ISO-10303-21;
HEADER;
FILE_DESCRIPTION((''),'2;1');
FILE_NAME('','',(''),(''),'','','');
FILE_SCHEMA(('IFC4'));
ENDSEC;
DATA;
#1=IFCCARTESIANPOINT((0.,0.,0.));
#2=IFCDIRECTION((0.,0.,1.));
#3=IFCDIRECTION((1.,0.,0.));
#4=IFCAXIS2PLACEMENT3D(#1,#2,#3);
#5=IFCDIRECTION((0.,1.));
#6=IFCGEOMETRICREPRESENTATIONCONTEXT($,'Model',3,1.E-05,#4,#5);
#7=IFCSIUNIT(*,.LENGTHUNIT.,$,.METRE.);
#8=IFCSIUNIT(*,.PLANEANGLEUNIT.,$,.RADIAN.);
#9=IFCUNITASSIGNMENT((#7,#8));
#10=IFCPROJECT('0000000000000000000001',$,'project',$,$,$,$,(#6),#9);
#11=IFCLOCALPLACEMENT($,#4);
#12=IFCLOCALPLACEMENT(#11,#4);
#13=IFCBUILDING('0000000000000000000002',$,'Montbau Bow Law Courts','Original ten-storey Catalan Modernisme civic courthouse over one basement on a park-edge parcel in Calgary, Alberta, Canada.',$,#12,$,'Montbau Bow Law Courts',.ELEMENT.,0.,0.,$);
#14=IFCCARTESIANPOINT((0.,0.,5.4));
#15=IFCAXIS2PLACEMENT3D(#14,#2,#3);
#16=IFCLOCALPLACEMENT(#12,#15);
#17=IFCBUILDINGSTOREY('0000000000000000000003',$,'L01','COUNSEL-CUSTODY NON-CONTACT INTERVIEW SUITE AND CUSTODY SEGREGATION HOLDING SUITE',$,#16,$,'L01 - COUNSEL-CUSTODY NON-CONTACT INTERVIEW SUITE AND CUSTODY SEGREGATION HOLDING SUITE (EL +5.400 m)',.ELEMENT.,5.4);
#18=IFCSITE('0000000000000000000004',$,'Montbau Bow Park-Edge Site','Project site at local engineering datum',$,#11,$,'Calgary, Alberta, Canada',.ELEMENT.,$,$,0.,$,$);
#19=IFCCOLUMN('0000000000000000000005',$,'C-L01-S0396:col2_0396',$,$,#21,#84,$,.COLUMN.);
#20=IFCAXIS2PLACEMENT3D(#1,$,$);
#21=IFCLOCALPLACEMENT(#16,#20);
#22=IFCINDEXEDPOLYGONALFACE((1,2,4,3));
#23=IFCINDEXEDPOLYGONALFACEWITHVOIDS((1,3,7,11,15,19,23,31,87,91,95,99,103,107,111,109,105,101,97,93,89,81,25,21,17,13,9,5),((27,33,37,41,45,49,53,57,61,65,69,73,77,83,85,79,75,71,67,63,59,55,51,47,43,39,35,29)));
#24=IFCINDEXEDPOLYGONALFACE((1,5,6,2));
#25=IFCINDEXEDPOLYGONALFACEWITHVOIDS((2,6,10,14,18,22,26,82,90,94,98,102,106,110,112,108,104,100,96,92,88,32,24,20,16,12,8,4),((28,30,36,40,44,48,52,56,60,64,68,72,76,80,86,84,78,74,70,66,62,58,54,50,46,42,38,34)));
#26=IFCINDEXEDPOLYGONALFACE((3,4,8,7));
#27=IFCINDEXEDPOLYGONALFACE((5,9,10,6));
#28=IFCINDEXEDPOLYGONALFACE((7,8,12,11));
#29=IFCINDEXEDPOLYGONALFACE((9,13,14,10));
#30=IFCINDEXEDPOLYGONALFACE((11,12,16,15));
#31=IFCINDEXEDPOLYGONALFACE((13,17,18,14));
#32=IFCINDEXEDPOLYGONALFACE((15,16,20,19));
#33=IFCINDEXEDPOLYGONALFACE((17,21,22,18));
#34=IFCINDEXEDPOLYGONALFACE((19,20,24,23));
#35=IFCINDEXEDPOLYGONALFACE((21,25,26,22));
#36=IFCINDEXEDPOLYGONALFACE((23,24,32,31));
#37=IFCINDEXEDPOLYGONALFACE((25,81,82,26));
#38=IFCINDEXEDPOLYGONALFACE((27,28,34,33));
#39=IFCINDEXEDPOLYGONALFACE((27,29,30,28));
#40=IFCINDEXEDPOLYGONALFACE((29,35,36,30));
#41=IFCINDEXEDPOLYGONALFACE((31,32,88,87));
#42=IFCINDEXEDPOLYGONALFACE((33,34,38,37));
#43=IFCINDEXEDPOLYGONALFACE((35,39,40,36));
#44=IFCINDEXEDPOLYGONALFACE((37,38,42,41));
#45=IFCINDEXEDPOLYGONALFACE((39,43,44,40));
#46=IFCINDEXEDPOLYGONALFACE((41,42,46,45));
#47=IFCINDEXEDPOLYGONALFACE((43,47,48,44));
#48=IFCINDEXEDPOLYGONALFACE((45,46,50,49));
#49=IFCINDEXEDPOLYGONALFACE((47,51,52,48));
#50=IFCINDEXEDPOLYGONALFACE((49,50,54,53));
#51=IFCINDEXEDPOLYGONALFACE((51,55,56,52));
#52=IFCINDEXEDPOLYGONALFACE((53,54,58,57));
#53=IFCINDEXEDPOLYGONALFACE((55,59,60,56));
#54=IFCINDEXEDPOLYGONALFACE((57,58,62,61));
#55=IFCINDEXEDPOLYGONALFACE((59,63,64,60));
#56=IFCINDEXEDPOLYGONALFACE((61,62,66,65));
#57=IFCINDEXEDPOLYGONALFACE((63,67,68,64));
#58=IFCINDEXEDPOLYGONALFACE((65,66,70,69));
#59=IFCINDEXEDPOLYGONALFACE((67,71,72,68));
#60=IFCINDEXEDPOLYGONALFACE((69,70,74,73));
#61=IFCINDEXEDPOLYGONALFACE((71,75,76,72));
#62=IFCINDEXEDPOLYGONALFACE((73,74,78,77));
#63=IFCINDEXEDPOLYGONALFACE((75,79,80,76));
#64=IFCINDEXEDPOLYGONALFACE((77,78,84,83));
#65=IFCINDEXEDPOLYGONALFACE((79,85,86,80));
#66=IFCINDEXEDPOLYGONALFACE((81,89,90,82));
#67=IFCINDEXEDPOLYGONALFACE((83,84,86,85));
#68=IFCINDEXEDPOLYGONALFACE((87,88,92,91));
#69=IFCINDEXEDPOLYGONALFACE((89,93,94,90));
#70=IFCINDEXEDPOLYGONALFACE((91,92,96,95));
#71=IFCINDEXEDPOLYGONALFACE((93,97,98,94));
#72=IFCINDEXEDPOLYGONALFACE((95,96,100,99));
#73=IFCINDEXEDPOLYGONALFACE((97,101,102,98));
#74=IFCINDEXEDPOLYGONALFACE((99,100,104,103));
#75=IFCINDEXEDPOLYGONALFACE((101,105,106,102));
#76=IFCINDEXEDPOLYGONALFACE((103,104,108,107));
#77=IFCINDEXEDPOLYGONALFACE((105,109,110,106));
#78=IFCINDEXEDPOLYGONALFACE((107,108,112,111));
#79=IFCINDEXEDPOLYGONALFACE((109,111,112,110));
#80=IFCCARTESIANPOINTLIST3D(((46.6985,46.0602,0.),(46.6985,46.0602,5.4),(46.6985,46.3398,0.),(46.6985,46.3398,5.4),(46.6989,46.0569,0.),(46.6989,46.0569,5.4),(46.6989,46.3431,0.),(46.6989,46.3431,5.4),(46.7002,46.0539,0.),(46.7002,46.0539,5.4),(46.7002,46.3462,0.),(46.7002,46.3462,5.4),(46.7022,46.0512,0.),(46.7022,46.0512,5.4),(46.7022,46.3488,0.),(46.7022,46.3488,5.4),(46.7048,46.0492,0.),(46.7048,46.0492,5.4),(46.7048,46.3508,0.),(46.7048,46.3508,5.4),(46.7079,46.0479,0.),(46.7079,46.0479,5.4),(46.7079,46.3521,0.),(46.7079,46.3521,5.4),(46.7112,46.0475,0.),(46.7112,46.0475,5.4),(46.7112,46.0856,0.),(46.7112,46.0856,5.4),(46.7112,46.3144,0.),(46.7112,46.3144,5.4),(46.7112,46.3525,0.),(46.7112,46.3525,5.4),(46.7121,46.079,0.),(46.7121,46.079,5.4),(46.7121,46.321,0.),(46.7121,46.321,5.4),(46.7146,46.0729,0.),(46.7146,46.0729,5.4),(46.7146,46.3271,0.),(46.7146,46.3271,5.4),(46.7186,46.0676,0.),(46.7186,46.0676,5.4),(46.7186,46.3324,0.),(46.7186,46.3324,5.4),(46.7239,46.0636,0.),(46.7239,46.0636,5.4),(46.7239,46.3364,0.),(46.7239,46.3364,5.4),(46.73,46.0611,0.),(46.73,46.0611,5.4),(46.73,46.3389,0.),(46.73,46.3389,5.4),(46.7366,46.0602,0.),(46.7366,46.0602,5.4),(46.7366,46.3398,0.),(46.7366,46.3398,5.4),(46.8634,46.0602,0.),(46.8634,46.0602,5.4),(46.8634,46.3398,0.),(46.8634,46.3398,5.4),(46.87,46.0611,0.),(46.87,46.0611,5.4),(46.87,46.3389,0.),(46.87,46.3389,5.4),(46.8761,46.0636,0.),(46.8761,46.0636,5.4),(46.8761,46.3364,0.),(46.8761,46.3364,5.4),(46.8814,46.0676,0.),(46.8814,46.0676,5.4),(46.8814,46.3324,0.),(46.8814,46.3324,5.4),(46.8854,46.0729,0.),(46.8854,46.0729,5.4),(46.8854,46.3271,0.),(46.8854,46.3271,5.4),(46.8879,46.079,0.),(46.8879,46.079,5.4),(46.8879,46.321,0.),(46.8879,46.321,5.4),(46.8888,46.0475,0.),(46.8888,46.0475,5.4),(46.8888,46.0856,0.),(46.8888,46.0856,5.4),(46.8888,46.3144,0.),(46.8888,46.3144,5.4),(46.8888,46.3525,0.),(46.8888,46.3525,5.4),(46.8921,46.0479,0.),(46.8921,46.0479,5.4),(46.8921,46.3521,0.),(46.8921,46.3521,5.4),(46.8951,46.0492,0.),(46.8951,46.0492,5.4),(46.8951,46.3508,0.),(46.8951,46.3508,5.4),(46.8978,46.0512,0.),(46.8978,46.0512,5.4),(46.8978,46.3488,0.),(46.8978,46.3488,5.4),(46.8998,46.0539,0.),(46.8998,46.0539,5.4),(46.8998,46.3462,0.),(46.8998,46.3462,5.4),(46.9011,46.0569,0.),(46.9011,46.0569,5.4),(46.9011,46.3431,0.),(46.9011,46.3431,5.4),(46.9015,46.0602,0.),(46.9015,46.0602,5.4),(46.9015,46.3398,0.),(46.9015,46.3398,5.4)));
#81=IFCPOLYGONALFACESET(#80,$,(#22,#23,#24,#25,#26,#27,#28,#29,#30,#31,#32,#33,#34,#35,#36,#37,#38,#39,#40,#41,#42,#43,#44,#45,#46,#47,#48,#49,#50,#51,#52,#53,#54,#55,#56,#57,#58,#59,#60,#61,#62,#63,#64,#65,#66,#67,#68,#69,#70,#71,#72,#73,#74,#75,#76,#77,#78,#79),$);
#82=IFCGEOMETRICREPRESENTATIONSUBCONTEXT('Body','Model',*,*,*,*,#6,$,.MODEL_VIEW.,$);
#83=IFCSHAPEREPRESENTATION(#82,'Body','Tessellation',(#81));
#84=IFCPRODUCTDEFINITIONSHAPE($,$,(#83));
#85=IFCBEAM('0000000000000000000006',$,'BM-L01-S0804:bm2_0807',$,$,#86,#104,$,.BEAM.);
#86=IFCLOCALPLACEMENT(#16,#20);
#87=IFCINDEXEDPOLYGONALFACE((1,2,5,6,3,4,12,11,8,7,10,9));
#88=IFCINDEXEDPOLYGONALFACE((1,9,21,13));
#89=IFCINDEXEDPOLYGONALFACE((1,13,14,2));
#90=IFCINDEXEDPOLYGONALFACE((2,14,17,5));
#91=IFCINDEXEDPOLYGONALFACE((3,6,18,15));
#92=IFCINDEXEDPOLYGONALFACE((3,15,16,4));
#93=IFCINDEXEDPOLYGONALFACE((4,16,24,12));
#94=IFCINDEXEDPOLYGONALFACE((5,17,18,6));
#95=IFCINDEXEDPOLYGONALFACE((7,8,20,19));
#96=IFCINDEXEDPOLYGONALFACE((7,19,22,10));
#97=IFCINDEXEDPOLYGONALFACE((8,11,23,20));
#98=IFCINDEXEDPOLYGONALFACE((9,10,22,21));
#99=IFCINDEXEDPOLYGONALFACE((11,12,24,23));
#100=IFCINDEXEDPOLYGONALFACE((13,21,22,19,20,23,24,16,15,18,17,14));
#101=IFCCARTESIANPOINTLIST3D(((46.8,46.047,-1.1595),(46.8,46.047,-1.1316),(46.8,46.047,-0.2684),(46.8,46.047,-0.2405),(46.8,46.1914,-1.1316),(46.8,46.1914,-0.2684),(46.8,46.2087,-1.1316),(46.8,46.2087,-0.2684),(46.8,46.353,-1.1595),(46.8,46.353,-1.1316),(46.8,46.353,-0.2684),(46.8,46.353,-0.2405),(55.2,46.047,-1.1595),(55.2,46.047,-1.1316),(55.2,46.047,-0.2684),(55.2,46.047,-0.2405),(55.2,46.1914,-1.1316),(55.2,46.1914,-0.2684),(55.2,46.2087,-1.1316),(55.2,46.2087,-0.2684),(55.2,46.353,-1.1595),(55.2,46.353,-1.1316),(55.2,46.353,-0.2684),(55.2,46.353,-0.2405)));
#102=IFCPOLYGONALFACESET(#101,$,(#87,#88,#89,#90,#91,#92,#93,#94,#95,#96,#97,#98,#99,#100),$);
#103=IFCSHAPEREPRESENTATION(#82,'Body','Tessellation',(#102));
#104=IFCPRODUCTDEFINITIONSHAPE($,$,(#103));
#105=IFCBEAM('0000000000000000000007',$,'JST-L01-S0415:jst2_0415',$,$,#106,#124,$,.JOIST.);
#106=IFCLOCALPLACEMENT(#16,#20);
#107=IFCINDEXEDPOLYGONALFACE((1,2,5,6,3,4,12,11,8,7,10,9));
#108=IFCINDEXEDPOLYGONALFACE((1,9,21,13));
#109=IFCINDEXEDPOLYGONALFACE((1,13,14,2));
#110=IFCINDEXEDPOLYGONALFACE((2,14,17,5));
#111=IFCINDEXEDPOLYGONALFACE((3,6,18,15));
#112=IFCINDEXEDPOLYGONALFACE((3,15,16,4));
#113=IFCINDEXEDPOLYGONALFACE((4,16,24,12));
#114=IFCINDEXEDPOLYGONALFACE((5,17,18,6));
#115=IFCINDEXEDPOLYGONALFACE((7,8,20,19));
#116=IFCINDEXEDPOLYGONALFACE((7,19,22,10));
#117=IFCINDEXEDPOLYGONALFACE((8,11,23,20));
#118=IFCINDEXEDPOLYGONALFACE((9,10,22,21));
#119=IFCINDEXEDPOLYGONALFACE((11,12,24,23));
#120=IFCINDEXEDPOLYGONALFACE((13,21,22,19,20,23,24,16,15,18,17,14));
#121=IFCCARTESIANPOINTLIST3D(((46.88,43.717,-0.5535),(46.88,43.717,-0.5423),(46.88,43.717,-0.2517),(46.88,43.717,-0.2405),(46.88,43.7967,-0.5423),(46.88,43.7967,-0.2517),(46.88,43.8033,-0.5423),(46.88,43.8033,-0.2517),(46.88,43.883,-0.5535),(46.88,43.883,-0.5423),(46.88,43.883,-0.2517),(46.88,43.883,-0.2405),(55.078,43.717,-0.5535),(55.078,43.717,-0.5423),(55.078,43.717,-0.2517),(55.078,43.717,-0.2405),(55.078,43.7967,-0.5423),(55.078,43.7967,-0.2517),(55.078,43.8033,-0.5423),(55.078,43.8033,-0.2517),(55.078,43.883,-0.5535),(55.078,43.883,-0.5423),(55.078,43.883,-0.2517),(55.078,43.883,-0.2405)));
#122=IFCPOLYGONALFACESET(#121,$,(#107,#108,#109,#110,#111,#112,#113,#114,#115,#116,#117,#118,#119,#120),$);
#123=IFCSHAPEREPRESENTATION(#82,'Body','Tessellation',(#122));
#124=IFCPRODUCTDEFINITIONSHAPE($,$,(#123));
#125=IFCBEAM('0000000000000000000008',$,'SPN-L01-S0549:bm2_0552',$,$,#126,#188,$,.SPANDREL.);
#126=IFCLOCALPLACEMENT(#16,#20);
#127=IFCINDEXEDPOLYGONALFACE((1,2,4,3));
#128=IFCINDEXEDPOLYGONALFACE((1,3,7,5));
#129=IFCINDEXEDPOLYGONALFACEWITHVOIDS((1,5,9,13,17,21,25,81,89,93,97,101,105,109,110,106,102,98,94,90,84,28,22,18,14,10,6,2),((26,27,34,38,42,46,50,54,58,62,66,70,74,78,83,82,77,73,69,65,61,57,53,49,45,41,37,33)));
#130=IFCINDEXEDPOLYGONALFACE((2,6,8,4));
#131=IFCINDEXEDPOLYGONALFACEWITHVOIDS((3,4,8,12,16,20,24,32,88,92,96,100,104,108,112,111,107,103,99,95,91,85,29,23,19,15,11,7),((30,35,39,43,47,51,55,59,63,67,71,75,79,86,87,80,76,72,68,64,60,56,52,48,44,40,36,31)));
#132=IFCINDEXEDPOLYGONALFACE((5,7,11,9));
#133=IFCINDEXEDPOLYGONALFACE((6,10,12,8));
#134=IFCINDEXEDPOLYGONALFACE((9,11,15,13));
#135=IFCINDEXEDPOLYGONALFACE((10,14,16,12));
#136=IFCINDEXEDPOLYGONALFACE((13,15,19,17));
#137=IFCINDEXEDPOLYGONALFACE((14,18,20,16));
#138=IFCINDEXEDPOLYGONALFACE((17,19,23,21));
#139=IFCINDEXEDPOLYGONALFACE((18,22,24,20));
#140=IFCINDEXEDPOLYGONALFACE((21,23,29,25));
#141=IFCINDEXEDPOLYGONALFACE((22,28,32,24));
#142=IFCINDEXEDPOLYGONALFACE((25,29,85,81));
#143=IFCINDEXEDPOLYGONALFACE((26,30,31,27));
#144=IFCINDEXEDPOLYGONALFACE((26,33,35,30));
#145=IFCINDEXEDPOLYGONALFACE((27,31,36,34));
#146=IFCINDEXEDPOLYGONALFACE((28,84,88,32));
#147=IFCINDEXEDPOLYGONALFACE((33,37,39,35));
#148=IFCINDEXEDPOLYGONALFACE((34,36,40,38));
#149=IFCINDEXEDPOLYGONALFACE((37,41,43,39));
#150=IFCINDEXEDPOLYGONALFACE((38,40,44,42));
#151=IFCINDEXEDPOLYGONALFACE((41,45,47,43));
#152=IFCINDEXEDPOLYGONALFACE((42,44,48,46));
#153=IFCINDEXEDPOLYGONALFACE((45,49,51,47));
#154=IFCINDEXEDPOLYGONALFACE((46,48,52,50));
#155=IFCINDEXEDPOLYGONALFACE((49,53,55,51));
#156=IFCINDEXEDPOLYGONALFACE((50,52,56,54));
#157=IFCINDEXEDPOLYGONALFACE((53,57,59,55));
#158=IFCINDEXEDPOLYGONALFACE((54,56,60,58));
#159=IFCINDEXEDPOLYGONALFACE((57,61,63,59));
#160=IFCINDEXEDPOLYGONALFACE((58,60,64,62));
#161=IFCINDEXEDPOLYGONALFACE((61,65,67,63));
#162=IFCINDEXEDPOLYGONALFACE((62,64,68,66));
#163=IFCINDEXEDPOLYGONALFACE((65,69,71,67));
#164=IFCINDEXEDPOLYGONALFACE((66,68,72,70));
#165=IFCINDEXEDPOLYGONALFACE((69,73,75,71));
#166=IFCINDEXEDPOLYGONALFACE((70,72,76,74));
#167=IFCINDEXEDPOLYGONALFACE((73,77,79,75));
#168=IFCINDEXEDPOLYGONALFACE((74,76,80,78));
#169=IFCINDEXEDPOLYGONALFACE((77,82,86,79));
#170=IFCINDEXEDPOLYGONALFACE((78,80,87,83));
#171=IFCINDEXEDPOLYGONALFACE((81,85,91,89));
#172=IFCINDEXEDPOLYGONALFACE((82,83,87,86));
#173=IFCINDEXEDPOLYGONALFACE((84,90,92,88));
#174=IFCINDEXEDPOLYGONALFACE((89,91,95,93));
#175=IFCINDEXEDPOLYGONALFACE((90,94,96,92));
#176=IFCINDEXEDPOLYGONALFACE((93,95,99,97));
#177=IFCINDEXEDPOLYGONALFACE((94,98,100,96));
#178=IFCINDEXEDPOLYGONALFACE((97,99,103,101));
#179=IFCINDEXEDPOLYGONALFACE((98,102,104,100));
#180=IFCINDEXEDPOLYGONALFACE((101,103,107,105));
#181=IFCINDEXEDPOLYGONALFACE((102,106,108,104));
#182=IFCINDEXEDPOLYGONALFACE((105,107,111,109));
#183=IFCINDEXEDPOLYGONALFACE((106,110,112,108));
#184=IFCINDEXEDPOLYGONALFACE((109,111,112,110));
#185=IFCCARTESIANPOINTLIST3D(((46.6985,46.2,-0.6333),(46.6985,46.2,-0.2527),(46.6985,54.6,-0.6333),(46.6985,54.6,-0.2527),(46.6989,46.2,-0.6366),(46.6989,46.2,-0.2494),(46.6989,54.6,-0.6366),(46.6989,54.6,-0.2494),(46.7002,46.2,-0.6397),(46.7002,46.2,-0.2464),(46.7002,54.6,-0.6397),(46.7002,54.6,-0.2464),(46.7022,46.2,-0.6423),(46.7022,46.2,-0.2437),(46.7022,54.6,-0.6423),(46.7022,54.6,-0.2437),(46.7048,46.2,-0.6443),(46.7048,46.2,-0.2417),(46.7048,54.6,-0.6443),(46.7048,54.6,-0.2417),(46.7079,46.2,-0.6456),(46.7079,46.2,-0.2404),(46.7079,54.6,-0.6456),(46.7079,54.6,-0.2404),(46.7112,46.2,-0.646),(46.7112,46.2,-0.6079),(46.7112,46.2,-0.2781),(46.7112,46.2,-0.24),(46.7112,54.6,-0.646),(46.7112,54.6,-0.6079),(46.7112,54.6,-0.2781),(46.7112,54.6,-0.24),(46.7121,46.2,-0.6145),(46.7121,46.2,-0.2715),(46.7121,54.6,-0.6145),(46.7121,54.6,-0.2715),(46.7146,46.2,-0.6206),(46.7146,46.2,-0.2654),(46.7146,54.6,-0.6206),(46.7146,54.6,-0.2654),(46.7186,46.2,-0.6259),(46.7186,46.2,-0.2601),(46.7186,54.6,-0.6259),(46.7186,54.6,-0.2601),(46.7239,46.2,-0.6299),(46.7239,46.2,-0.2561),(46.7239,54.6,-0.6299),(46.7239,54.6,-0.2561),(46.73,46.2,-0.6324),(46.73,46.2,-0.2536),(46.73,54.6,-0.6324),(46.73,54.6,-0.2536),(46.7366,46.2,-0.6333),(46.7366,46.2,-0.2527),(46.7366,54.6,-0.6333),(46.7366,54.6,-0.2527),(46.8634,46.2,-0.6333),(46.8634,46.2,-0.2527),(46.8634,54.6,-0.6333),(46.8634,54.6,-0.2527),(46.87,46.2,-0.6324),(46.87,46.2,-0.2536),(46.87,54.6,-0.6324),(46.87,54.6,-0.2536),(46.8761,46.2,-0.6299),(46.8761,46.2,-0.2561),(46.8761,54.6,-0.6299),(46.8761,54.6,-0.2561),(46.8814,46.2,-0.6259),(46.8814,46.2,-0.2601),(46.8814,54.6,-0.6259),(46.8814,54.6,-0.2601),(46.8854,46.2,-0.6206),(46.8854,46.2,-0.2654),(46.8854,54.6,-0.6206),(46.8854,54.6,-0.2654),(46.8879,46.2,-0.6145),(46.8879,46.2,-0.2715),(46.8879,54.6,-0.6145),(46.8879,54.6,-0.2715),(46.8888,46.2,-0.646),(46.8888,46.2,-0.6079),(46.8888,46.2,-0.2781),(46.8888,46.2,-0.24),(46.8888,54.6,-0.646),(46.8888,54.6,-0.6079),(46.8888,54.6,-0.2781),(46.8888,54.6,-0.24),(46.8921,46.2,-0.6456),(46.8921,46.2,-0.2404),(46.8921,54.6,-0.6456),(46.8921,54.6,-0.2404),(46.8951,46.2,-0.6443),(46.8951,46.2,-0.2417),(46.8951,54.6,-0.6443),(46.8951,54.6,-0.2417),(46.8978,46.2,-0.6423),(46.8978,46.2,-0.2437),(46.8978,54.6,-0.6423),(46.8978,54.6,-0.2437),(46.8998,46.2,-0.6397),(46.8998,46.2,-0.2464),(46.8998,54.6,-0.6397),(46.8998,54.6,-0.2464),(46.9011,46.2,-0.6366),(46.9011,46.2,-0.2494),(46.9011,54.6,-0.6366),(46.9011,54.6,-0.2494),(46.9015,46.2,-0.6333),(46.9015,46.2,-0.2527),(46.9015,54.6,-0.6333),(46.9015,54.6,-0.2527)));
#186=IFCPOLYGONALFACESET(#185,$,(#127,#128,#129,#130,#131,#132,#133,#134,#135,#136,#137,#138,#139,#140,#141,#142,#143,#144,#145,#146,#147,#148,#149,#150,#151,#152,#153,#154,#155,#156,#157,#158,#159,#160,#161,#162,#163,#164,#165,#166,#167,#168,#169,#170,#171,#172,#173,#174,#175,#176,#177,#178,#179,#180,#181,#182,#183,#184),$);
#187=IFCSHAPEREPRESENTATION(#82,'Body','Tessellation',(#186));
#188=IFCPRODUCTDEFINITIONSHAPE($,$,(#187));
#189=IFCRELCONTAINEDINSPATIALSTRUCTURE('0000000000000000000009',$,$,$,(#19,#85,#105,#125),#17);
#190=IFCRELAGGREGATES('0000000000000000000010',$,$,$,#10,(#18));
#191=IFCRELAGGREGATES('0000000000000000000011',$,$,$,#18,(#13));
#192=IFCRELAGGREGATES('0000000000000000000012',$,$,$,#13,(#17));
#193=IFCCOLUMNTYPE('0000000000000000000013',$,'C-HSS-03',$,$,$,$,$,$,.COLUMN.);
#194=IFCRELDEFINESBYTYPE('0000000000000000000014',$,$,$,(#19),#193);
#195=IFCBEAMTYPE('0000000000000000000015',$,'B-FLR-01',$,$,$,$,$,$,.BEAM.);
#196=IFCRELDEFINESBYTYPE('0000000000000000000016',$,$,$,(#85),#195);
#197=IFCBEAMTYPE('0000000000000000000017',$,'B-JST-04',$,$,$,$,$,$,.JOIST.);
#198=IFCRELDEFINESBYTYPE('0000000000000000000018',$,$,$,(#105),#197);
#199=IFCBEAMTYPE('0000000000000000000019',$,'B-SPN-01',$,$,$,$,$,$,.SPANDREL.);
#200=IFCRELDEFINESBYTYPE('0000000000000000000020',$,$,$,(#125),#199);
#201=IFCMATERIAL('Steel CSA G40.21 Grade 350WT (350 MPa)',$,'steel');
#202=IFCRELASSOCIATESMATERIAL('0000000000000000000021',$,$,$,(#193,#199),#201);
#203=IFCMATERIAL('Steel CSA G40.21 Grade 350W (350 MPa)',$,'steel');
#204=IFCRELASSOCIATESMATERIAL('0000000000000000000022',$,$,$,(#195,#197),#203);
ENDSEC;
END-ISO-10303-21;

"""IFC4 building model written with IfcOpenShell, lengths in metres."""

from ifc_helpers import new_model, si_unit, direction, frame, origin_with_axes, origin_2d_with_axis, place, context, subcontext, project, spatial, hollow_rectangle, i_section, extrude, material, material_profile, profile_set, type_object, element, save


model = new_model("IFC4")

# Units and contexts
model_context = context("Model", 3, precision=1e-05, world=origin_with_axes(), true_north=direction((0.0, 1.0)))
body_context = subcontext(model_context, "Body", "Model", "MODEL_VIEW")
ifc_project = project(units=[si_unit("LENGTHUNIT", "METRE"), si_unit("PLANEANGLEUNIT", "RADIAN")], contexts=[model_context])

# Site, building, storey
site_placement = place(None, origin_with_axes())
site = spatial("IfcSite", under=ifc_project, at=site_placement, Name="Montbau Bow Park-Edge Site", Description="Project site at local engineering datum", LongName="Calgary, Alberta, Canada", CompositionType="ELEMENT", RefElevation=0.0)
building_placement = place(site_placement, origin_with_axes())
building = spatial("IfcBuilding", under=site, at=building_placement, Name="Montbau Bow Law Courts", Description="Original ten-storey Catalan Modernisme civic courthouse over one basement on a park-edge parcel in Calgary, Alberta, Canada.", LongName="Montbau Bow Law Courts", CompositionType="ELEMENT", ElevationOfRefHeight=0.0, ElevationOfTerrain=0.0)
storey_placement = place(building_placement, frame((0.0, 0.0, 5.4), z_axis=(0.0, 0.0, 1.0), x_axis=(1.0, 0.0, 0.0)))
storey = spatial("IfcBuildingStorey", under=building, at=storey_placement, Name="L01", Description="COUNSEL-CUSTODY NON-CONTACT INTERVIEW SUITE AND CUSTODY SEGREGATION HOLDING SUITE", LongName="L01 - COUNSEL-CUSTODY NON-CONTACT INTERVIEW SUITE AND CUSTODY SEGREGATION HOLDING SUITE (EL +5.400 m)", CompositionType="ELEMENT", Elevation=5.4)

# Column
ifc_material_1 = material(Name="Steel CSA G40.21 Grade 350WT (350 MPa)", Category="steel")
ifc_material_profile_1 = material_profile(ifc_material_1, hollow_rectangle(XDim=0.203, YDim=0.305, WallThickness=0.0127, InnerFilletRadius=0.0254, OuterFilletRadius=0.0127, at=origin_2d_with_axis()), Name="HSS305X203X13", Category="Main", Priority=0)
ifc_profile_set_1 = profile_set([ifc_material_profile_1], Name="Steel CSA G40.21 Grade 350WT (350 MPa)")
column_type = type_object("IfcColumnType", Name="C-HSS-03", PredefinedType="COLUMN", material=ifc_profile_set_1)
column_placement = place(None, frame((46.8, 46.2, 5.4), z_axis=(0.0, 0.0, 1.0), x_axis=(1.0, 0.0, 0.0)))
element("IfcColumn", 1, at=column_placement, inside=storey, type_object=column_type, Name="C-L01-S0396:col2_0396", PredefinedType="COLUMN", context=body_context, shape_type="SweptSolid", body=[
    extrude(hollow_rectangle(XDim=0.203, YDim=0.305, WallThickness=0.0127, InnerFilletRadius=0.0254, OuterFilletRadius=0.0127, at=origin_2d_with_axis()), origin_with_axes(), (0.0, 0.0, 1.0), 5.4),
])

# Beams
ifc_material_2 = material(Name="Steel CSA G40.21 Grade 350W (350 MPa)", Category="steel")
ifc_material_profile_2 = material_profile(ifc_material_2, i_section(OverallWidth=0.306, OverallDepth=0.919, WebThickness=0.0173, FlangeThickness=0.0279, at=origin_2d_with_axis()), Name="W920X253", Category="Main", Priority=0)
ifc_profile_set_2 = profile_set([ifc_material_profile_2], Name="Steel CSA G40.21 Grade 350W (350 MPa)")
beam_type_1 = type_object("IfcBeamType", Name="B-FLR-01", PredefinedType="BEAM", material=ifc_profile_set_2)
beam_1_placement = place(None, frame((46.8, 46.2, 4.7), z_axis=(1.0, 0.0, 0.0), x_axis=(0.0, 1.0, 0.0)))
element("IfcBeam", 2, at=beam_1_placement, inside=storey, type_object=beam_type_1, Name="BM-L01-S0804:bm2_0807", PredefinedType="BEAM", context=body_context, shape_type="SweptSolid", body=[
    extrude(i_section(OverallWidth=0.306, OverallDepth=0.919, WebThickness=0.0173, FlangeThickness=0.0279, at=origin_2d_with_axis()), origin_with_axes(), (0.0, 0.0, 1.0), 8.4),
])
ifc_material_profile_3 = material_profile(ifc_material_2, i_section(OverallWidth=0.166, OverallDepth=0.313, WebThickness=0.0066, FlangeThickness=0.0112, at=origin_2d_with_axis()), Name="W310X45", Category="Main", Priority=0)
ifc_profile_set_3 = profile_set([ifc_material_profile_3], Name="Steel CSA G40.21 Grade 350W (350 MPa)")
beam_type_2 = type_object("IfcBeamType", Name="B-JST-04", PredefinedType="JOIST", material=ifc_profile_set_3)
beam_2_placement = place(None, frame((46.88, 43.8, 5.003), z_axis=(1.0, 0.0, 0.0), x_axis=(0.0, 1.0, 0.0)))
element("IfcBeam", 3, at=beam_2_placement, inside=storey, type_object=beam_type_2, Name="JST-L01-S0415:jst2_0415", PredefinedType="JOIST", context=body_context, shape_type="SweptSolid", body=[
    extrude(i_section(OverallWidth=0.166, OverallDepth=0.313, WebThickness=0.0066, FlangeThickness=0.0112, at=origin_2d_with_axis()), origin_with_axes(), (0.0, 0.0, 1.0), 8.198),
])
ifc_material_profile_4 = material_profile(ifc_material_1, hollow_rectangle(XDim=0.203, YDim=0.406, WallThickness=0.0127, InnerFilletRadius=0.0254, OuterFilletRadius=0.0127, at=origin_2d_with_axis()), Name="HSS406X203X13", Category="Main", Priority=0)
ifc_profile_set_4 = profile_set([ifc_material_profile_4], Name="Steel CSA G40.21 Grade 350WT (350 MPa)")
beam_type_3 = type_object("IfcBeamType", Name="B-SPN-01", PredefinedType="SPANDREL", material=ifc_profile_set_4)
beam_3_placement = place(None, frame((46.8, 46.2, 4.957), z_axis=(0.0, 1.0, 0.0), x_axis=(-1.0, 0.0, 0.0)))
element("IfcBeam", 4, at=beam_3_placement, inside=storey, type_object=beam_type_3, Name="SPN-L01-S0549:bm2_0552", PredefinedType="SPANDREL", context=body_context, shape_type="SweptSolid", body=[
    extrude(hollow_rectangle(XDim=0.203, YDim=0.406, WallThickness=0.0127, InnerFilletRadius=0.0254, OuterFilletRadius=0.0127, at=origin_2d_with_axis()), origin_with_axes(), (0.0, 0.0, 1.0), 8.4),
])

save(model, "model.ifc")
